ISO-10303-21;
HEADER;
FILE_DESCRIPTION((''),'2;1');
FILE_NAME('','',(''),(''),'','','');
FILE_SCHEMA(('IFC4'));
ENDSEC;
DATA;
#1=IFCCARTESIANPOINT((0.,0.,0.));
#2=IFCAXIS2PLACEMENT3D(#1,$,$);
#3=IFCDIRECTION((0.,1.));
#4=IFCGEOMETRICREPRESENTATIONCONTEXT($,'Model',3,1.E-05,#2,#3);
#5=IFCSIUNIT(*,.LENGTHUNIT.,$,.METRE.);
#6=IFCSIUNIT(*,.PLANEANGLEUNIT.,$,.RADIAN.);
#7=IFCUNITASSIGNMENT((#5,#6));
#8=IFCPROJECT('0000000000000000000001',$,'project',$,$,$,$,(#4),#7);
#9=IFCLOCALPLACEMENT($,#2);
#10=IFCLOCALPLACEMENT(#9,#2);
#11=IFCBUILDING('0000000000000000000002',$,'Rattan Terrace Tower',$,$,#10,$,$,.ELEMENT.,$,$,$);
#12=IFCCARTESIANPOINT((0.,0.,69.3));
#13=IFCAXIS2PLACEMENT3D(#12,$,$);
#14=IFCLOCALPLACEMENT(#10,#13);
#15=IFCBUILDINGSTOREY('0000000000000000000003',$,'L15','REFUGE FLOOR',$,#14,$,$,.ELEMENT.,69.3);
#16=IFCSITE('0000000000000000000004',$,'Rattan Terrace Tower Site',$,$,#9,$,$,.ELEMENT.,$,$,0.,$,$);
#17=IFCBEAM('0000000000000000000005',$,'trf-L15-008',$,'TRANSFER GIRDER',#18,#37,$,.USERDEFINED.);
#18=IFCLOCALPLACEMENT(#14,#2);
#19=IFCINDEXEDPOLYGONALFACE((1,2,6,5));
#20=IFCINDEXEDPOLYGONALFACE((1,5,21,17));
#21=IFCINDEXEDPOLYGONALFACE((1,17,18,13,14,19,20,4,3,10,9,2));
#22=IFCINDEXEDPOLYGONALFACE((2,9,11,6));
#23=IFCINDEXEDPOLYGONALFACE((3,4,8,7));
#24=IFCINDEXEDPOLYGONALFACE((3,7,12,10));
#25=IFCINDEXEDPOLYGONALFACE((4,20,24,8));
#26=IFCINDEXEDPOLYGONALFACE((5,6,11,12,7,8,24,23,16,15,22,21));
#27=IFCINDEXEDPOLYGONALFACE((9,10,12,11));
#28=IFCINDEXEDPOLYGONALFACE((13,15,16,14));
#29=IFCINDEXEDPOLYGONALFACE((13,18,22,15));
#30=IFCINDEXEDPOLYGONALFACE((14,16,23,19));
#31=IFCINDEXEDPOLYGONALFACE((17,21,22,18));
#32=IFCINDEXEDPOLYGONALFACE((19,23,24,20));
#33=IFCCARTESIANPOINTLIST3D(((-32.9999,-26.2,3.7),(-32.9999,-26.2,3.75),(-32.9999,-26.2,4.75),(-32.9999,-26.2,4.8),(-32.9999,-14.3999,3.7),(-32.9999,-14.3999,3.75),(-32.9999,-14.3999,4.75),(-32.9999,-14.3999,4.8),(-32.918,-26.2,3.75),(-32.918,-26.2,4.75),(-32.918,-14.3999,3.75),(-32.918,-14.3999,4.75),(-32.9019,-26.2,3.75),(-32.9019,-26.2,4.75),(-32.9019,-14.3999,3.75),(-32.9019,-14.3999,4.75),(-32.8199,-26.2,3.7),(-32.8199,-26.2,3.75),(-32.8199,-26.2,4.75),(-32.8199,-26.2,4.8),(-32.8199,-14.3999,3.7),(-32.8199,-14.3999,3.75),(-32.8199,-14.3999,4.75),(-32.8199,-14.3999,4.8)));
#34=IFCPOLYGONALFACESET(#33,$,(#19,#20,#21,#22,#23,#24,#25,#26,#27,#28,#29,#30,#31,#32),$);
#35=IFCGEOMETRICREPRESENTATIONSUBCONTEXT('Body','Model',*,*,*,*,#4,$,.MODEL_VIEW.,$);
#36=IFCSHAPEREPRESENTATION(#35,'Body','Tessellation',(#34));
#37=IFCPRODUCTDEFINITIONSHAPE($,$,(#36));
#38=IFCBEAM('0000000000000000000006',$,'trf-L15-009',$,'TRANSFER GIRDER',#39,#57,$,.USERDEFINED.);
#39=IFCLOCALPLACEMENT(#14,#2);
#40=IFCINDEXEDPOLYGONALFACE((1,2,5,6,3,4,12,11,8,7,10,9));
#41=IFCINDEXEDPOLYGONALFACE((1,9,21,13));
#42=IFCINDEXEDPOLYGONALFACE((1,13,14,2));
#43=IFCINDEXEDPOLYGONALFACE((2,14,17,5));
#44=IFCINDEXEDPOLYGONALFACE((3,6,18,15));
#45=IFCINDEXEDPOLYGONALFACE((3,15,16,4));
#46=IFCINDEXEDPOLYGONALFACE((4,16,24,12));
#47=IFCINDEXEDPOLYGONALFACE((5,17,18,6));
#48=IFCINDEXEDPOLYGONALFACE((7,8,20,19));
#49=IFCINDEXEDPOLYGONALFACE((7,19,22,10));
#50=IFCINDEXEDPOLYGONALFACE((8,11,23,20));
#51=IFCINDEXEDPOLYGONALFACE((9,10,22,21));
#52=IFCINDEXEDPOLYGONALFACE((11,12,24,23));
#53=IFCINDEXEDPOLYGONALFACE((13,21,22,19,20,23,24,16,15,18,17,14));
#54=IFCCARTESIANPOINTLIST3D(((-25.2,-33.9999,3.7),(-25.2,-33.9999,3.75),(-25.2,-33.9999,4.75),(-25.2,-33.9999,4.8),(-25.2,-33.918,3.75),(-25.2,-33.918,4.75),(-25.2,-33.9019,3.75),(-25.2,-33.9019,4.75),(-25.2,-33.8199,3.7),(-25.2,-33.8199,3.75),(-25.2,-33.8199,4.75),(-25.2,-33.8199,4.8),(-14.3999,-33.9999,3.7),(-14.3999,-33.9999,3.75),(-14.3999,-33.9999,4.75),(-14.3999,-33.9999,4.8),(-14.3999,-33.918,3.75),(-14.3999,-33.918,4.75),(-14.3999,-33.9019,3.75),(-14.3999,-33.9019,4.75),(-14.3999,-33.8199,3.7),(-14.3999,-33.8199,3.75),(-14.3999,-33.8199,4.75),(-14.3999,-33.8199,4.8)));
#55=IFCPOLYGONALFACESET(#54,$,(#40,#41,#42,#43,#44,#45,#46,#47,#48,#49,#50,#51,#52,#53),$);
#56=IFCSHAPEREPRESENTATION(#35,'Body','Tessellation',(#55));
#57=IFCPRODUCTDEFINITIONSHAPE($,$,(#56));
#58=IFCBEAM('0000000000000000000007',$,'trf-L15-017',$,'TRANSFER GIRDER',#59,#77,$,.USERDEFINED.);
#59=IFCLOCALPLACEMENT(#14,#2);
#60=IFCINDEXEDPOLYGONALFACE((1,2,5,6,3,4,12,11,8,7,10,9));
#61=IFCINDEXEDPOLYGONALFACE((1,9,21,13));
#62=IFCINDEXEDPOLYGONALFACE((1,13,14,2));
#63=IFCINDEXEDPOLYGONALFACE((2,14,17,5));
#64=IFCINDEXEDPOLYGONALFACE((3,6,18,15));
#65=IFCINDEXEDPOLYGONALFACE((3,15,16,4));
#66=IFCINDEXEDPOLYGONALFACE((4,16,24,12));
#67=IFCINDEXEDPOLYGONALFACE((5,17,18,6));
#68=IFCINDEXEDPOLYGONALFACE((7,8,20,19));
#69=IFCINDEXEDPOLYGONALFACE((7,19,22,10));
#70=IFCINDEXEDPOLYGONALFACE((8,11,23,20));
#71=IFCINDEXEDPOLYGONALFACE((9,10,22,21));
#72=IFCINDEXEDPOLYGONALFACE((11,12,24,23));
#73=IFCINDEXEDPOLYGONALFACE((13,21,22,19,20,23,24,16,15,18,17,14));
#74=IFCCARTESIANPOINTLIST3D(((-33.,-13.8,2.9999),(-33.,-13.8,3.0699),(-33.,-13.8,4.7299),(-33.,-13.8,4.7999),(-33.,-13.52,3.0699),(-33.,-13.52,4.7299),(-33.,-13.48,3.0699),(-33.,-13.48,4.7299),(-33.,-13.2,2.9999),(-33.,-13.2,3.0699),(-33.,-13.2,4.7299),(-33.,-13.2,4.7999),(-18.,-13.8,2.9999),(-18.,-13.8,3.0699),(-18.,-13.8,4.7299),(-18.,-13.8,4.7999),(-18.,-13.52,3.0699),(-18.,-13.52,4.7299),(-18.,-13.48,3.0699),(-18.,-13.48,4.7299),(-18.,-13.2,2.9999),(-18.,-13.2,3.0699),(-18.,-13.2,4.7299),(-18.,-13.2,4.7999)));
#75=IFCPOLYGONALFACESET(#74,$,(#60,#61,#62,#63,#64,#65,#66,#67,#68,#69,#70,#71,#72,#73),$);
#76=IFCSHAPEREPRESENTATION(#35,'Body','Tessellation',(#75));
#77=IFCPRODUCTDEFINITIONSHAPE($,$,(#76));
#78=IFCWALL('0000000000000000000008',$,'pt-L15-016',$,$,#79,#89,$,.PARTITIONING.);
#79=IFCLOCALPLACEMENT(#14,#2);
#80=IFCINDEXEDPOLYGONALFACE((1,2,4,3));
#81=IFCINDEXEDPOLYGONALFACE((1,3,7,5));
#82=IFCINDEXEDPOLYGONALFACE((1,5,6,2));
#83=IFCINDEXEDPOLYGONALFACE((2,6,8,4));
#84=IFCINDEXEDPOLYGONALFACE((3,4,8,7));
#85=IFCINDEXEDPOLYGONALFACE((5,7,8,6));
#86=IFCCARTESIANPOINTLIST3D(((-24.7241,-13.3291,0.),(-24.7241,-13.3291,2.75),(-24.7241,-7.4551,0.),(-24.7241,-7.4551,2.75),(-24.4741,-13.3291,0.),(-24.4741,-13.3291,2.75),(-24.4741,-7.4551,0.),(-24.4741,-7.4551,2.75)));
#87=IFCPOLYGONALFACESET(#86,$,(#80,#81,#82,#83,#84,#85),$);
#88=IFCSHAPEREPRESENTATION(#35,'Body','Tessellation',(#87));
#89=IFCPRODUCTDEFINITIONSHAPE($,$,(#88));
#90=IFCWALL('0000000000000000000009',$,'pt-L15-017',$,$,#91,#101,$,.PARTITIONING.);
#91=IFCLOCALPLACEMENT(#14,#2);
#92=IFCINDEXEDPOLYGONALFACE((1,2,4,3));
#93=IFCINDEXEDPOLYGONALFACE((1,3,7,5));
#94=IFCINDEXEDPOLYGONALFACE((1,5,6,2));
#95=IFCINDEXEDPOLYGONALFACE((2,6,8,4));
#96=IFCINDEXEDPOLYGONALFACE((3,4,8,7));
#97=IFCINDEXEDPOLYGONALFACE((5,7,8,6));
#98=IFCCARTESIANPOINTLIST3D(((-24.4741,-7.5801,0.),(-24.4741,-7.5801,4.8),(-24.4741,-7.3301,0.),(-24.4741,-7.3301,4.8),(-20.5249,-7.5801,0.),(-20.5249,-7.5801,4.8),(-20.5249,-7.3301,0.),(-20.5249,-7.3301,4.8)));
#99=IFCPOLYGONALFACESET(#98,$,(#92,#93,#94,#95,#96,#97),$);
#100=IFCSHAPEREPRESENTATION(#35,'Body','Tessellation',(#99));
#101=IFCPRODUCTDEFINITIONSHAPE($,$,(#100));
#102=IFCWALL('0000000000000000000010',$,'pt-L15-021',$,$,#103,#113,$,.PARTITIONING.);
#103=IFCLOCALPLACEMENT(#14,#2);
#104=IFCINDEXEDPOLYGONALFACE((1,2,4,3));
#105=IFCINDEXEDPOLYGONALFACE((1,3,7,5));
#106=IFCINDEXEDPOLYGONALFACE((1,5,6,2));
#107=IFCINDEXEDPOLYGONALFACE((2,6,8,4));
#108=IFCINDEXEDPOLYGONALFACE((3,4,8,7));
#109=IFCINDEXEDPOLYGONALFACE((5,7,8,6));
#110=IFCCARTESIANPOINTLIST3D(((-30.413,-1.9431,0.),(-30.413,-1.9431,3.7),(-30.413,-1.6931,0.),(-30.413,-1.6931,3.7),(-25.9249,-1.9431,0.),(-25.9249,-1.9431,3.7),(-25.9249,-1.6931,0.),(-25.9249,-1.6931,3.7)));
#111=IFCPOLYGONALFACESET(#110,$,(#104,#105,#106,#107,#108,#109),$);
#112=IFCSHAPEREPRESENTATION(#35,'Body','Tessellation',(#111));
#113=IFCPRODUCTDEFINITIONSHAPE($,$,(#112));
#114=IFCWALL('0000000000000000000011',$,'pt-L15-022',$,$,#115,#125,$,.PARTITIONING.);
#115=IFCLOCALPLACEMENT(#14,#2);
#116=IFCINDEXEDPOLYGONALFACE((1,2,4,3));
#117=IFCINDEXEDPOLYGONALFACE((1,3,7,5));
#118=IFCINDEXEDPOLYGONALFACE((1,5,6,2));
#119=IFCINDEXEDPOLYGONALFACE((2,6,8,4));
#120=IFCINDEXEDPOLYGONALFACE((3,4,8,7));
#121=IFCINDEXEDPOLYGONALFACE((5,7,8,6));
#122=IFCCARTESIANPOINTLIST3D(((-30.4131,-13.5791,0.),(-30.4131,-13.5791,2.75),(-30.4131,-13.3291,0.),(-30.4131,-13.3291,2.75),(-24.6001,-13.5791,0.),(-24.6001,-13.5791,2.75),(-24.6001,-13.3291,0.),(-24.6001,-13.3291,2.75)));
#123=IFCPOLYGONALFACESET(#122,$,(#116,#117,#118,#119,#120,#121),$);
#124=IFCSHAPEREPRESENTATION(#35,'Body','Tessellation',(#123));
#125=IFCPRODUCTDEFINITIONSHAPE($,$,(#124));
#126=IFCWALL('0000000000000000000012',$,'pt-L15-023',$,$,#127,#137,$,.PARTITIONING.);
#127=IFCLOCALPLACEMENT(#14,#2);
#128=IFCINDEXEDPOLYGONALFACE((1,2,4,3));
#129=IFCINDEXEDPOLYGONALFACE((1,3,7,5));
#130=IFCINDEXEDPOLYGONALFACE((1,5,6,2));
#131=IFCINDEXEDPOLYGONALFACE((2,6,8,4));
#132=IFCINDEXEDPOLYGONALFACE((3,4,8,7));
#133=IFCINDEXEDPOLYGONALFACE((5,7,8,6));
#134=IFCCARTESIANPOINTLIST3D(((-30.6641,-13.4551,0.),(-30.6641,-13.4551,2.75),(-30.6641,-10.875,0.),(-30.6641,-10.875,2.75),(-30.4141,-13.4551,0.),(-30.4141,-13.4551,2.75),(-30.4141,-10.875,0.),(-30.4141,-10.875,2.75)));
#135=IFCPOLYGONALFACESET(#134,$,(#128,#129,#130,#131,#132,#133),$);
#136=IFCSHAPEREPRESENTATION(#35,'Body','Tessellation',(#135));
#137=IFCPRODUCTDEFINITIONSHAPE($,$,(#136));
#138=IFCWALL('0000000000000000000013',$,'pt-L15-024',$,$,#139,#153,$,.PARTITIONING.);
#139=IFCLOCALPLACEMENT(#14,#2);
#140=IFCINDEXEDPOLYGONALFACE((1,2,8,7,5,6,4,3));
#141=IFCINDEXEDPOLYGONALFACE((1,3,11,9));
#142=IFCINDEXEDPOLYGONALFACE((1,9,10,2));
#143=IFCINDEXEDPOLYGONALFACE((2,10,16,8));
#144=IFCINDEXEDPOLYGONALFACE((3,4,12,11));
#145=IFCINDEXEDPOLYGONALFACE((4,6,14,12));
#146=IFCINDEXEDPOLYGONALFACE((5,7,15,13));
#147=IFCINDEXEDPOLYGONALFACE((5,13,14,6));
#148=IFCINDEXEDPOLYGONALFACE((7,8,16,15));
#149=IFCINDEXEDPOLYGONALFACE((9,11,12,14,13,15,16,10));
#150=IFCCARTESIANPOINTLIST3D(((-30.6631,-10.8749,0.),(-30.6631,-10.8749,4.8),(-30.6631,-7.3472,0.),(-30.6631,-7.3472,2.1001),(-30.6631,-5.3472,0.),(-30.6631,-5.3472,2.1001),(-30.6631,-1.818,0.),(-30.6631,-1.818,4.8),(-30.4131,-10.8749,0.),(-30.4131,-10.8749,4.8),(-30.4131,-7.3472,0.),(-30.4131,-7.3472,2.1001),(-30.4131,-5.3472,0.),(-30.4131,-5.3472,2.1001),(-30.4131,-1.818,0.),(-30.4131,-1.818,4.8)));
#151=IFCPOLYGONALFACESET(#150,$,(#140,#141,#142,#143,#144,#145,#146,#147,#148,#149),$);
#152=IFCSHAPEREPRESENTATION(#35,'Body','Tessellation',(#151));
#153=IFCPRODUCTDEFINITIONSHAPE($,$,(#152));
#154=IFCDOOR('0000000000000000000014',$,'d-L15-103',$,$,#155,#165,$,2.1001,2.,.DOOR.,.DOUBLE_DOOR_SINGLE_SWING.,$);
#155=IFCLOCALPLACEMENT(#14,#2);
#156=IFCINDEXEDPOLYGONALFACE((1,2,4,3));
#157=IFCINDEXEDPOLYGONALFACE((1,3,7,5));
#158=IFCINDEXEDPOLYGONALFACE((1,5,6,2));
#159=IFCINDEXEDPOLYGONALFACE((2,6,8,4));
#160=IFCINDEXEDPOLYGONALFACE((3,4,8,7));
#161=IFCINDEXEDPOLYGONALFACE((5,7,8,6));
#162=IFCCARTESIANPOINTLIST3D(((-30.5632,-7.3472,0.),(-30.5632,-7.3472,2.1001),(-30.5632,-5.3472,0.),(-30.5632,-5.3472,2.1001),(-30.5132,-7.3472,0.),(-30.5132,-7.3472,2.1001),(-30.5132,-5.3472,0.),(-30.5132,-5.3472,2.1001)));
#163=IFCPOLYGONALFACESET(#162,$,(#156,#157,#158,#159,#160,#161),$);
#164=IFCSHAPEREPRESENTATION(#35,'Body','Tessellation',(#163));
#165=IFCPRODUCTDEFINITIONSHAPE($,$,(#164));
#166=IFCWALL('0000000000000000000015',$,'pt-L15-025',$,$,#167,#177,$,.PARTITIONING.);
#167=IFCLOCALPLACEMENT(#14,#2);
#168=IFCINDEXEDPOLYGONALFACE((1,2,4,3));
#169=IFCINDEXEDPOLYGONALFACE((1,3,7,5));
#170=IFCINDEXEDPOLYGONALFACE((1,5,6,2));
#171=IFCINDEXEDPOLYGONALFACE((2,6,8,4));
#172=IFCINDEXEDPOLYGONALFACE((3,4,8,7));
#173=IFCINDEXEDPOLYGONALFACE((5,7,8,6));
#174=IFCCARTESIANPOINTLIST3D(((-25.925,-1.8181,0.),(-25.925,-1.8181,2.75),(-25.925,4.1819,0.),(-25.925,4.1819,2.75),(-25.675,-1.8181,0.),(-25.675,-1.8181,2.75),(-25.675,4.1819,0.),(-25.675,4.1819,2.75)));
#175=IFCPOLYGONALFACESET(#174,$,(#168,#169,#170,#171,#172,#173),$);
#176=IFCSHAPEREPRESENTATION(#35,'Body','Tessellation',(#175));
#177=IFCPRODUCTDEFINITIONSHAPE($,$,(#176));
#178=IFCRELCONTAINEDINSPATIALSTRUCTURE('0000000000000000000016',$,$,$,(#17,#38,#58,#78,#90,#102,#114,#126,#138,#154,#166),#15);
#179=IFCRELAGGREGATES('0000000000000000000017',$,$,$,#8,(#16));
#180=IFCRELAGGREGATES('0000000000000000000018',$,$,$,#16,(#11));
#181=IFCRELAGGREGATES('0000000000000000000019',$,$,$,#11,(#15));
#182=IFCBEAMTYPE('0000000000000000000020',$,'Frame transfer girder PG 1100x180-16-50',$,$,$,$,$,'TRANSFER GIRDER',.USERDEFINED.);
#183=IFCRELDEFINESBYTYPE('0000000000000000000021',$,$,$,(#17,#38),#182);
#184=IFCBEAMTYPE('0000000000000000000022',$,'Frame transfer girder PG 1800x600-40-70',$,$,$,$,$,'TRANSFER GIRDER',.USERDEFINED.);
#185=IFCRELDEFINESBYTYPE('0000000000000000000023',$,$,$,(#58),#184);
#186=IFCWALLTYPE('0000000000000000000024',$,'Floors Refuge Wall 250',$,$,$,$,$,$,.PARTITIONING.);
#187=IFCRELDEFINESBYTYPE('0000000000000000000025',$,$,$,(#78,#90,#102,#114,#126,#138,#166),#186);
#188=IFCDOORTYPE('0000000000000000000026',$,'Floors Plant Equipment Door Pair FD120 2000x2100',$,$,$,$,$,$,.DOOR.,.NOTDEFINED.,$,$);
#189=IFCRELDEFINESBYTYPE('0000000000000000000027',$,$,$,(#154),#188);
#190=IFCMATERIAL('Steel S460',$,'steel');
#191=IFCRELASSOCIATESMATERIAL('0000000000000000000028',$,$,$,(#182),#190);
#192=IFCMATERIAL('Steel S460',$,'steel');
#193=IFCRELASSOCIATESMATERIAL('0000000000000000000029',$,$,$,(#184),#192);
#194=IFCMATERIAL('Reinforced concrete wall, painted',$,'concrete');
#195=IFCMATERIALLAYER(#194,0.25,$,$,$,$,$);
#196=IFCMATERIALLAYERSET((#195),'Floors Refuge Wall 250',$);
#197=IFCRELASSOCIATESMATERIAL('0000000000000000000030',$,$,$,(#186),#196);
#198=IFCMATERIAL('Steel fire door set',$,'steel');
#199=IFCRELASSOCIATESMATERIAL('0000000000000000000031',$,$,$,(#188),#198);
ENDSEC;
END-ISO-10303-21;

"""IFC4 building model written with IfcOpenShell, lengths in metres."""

from ifc_helpers import new_model, si_unit, direction, frame, frame_2d, origin, origin_2d, place, context, subcontext, project, spatial, rectangle, i_section, extrude, material, layer, layer_set, material_profile, profile_set, type_object, element, fill, save


model = new_model("IFC4")

# Units and contexts
model_context = context("Model", 3, precision=1e-05, world=origin(), true_north=direction((0.0, 1.0)))
body_context = subcontext(model_context, "Body", "Model", "MODEL_VIEW")
ifc_project = project(units=[si_unit("LENGTHUNIT", "METRE"), si_unit("PLANEANGLEUNIT", "RADIAN")], contexts=[model_context])

# Site, building, storey
site_placement = place(None, origin())
site = spatial("IfcSite", under=ifc_project, at=site_placement, Name="Rattan Terrace Tower Site", CompositionType="ELEMENT", RefElevation=0.0)
building_placement = place(site_placement, origin())
building = spatial("IfcBuilding", under=site, at=building_placement, Name="Rattan Terrace Tower", CompositionType="ELEMENT")
storey_placement = place(building_placement, frame((0.0, 0.0, 69.3)))
storey = spatial("IfcBuildingStorey", under=building, at=storey_placement, Name="L15", Description="REFUGE FLOOR", CompositionType="ELEMENT", Elevation=69.3)

# Beams
ifc_material_1 = material(Name="Steel S460", Category="steel")
ifc_material_profile_1 = material_profile(ifc_material_1, i_section(OverallWidth=0.1799, OverallDepth=1.1001, WebThickness=0.0161, FlangeThickness=0.05, at=origin_2d()), Name="PG 1100x180-16-50")
ifc_profile_set_1 = profile_set([ifc_material_profile_1], Name="Steel S460")
beam_type_1 = type_object("IfcBeamType", Name="Frame transfer girder PG 1100x180-16-50", ElementType="TRANSFER GIRDER", PredefinedType="USERDEFINED", material=ifc_profile_set_1)
beam_1_placement = place(storey_placement, frame((-32.9099, -14.3999, 4.25), z_axis=(0.0, -1.0, 0.0), x_axis=(1.0, 0.0, 0.0)))
element("IfcBeam", 1, at=beam_1_placement, inside=storey, type_object=beam_type_1, Name="trf-L15-008", ObjectType="TRANSFER GIRDER", PredefinedType="USERDEFINED", context=body_context, shape_type="SweptSolid", body=[
    extrude(i_section(OverallWidth=0.1799, OverallDepth=1.1001, WebThickness=0.0161, FlangeThickness=0.05, at=origin_2d()), origin(), (0.0, 0.0, 1.0), 11.8),
])
beam_2_placement = place(storey_placement, frame((-25.2, -33.9099, 4.25), z_axis=(1.0, 0.0, 0.0), x_axis=(0.0, 1.0, 0.0)))
element("IfcBeam", 2, at=beam_2_placement, inside=storey, type_object=beam_type_1, Name="trf-L15-009", ObjectType="TRANSFER GIRDER", PredefinedType="USERDEFINED", context=body_context, shape_type="SweptSolid", body=[
    extrude(i_section(OverallWidth=0.1799, OverallDepth=1.1001, WebThickness=0.0161, FlangeThickness=0.05, at=origin_2d()), origin(), (0.0, 0.0, 1.0), 10.8),
])
ifc_material_2 = material(Name="Steel S460", Category="steel")
ifc_material_profile_2 = material_profile(ifc_material_2, i_section(OverallWidth=0.6001, OverallDepth=1.8, WebThickness=0.04, FlangeThickness=0.0701, at=origin_2d()), Name="PG 1800x600-40-70")
ifc_profile_set_2 = profile_set([ifc_material_profile_2], Name="Steel S460")
beam_type_2 = type_object("IfcBeamType", Name="Frame transfer girder PG 1800x600-40-70", ElementType="TRANSFER GIRDER", PredefinedType="USERDEFINED", material=ifc_profile_set_2)
beam_3_placement = place(storey_placement, frame((-33.0, -13.5, 3.8999), z_axis=(1.0, 0.0, 0.0), x_axis=(0.0, 1.0, 0.0)))
element("IfcBeam", 3, at=beam_3_placement, inside=storey, type_object=beam_type_2, Name="trf-L15-017", ObjectType="TRANSFER GIRDER", PredefinedType="USERDEFINED", context=body_context, shape_type="SweptSolid", body=[
    extrude(i_section(OverallWidth=0.6001, OverallDepth=1.8, WebThickness=0.04, FlangeThickness=0.0701, at=origin_2d()), origin(), (0.0, 0.0, 1.0), 15.0),
])

# Walls
ifc_material_3 = material(Name="Reinforced concrete wall, painted", Category="concrete")
ifc_layer = layer(ifc_material_3, 0.25)
ifc_layer_set = layer_set([ifc_layer], Name="Floors Refuge Wall 250")
wall_type = type_object("IfcWallType", Name="Floors Refuge Wall 250", PredefinedType="PARTITIONING", material=ifc_layer_set)
wall_1_placement = place(storey_placement, frame((-24.5991, -13.3291, 0.0), z_axis=(0.0, 0.0, 1.0), x_axis=(0.0, 1.0, 0.0)))
element("IfcWall", 4, at=wall_1_placement, inside=storey, type_object=wall_type, Name="pt-L15-016", PredefinedType="PARTITIONING", context=body_context, shape_type="SweptSolid", body=[
    extrude(rectangle(XDim=5.874, YDim=0.25, at=frame_2d((2.937, 0.0))), origin(), (0.0, 0.0, 1.0), 2.75),
])
wall_2_placement = place(storey_placement, frame((-24.4741, -7.4551, 0.0), z_axis=(0.0, 0.0, 1.0), x_axis=(1.0, 0.0, 0.0)))
element("IfcWall", 5, at=wall_2_placement, inside=storey, type_object=wall_type, Name="pt-L15-017", PredefinedType="PARTITIONING", context=body_context, shape_type="SweptSolid", body=[
    extrude(rectangle(XDim=3.9492, YDim=0.25, at=frame_2d((1.9746, 0.0))), origin(), (0.0, 0.0, 1.0), 4.8),
])
wall_3_placement = place(storey_placement, frame((-30.4131, -1.8181, 0.0), z_axis=(0.0, 0.0, 1.0), x_axis=(1.0, 0.0, 0.0)))
element("IfcWall", 6, at=wall_3_placement, inside=storey, type_object=wall_type, Name="pt-L15-021", PredefinedType="PARTITIONING", context=body_context, shape_type="SweptSolid", body=[
    extrude(rectangle(XDim=4.488, YDim=0.25, at=frame_2d((2.2441, 0.0))), origin(), (0.0, 0.0, 1.0), 3.7),
])
wall_4_placement = place(storey_placement, frame((-24.6001, -13.4541, 0.0), z_axis=(0.0, 0.0, 1.0), x_axis=(-1.0, 0.0, 0.0)))
element("IfcWall", 7, at=wall_4_placement, inside=storey, type_object=wall_type, Name="pt-L15-022", PredefinedType="PARTITIONING", context=body_context, shape_type="SweptSolid", body=[
    extrude(rectangle(XDim=5.813, YDim=0.25, at=frame_2d((2.9065, 0.0))), origin(), (0.0, 0.0, 1.0), 2.75),
])
wall_5_placement = place(storey_placement, frame((-30.5391, -13.4551, 0.0), z_axis=(0.0, 0.0, 1.0), x_axis=(0.0, 1.0, 0.0)))
element("IfcWall", 8, at=wall_5_placement, inside=storey, type_object=wall_type, Name="pt-L15-023", PredefinedType="PARTITIONING", context=body_context, shape_type="SweptSolid", body=[
    extrude(rectangle(XDim=2.5801, YDim=0.25, at=frame_2d((1.29, 0.0))), origin(), (0.0, 0.0, 1.0), 2.75),
])

# Wall, opening, door
wall_6_placement = place(storey_placement, frame((-30.5381, -1.8181, 0.0), z_axis=(0.0, 0.0, 1.0), x_axis=(0.0, -1.0, 0.0)))
wall_6 = element("IfcWall", 9, at=wall_6_placement, inside=storey, type_object=wall_type, Name="pt-L15-024", PredefinedType="PARTITIONING", context=body_context, shape_type="SweptSolid", body=[
    extrude(rectangle(XDim=9.0569, YDim=0.25, at=frame_2d((4.5283, 0.0))), origin(), (0.0, 0.0, 1.0), 4.8),
])
opening_1_placement = place(wall_6_placement, frame((3.5291, 0.0, 0.0)))
opening_1 = element("IfcOpeningElement", 10, at=opening_1_placement, cuts=wall_6, PredefinedType="OPENING", context=body_context, shape_type="SweptSolid", body=[
    extrude(rectangle(XDim=2.0, YDim=2.1001, at=frame_2d((1.0, 1.05))), frame((0.0, 0.1355, 0.0), z_axis=(0.0, -1.0, 0.0), x_axis=(1.0, 0.0, 0.0)), (0.0, 0.0, 1.0), 0.271),
])
ifc_material_4 = material(Name="Steel fire door set", Category="steel")
door_type = type_object("IfcDoorType", Name="Floors Plant Equipment Door Pair FD120 2000x2100", OperationType="NOTDEFINED", PredefinedType="DOOR", material=ifc_material_4)
door_1_placement = place(opening_1_placement, origin())
door_1 = element("IfcDoor", 11, at=door_1_placement, inside=storey, type_object=door_type, Name="d-L15-103", OperationType="DOUBLE_DOOR_SINGLE_SWING", OverallHeight=2.1001, OverallWidth=2.0, PredefinedType="DOOR", context=body_context, shape_type="SweptSolid", body=[
    extrude(rectangle(XDim=2.0, YDim=2.1001, at=frame_2d((1.0, 1.05))), frame((0.0, 0.0249, 0.0), z_axis=(0.0, -1.0, 0.0), x_axis=(1.0, 0.0, 0.0)), (0.0, 0.0, 1.0), 0.05),
])
fill(opening_1, door_1)

# Wall
wall_7_placement = place(storey_placement, frame((-25.8, -1.8181, 0.0), z_axis=(0.0, 0.0, 1.0), x_axis=(0.0, 1.0, 0.0)))
element("IfcWall", 12, at=wall_7_placement, inside=storey, type_object=wall_type, Name="pt-L15-025", PredefinedType="PARTITIONING", context=body_context, shape_type="SweptSolid", body=[
    extrude(rectangle(XDim=6.0, YDim=0.25, at=frame_2d((3.0, 0.0))), origin(), (0.0, 0.0, 1.0), 2.75),
])

save(model, "model.ifc")
